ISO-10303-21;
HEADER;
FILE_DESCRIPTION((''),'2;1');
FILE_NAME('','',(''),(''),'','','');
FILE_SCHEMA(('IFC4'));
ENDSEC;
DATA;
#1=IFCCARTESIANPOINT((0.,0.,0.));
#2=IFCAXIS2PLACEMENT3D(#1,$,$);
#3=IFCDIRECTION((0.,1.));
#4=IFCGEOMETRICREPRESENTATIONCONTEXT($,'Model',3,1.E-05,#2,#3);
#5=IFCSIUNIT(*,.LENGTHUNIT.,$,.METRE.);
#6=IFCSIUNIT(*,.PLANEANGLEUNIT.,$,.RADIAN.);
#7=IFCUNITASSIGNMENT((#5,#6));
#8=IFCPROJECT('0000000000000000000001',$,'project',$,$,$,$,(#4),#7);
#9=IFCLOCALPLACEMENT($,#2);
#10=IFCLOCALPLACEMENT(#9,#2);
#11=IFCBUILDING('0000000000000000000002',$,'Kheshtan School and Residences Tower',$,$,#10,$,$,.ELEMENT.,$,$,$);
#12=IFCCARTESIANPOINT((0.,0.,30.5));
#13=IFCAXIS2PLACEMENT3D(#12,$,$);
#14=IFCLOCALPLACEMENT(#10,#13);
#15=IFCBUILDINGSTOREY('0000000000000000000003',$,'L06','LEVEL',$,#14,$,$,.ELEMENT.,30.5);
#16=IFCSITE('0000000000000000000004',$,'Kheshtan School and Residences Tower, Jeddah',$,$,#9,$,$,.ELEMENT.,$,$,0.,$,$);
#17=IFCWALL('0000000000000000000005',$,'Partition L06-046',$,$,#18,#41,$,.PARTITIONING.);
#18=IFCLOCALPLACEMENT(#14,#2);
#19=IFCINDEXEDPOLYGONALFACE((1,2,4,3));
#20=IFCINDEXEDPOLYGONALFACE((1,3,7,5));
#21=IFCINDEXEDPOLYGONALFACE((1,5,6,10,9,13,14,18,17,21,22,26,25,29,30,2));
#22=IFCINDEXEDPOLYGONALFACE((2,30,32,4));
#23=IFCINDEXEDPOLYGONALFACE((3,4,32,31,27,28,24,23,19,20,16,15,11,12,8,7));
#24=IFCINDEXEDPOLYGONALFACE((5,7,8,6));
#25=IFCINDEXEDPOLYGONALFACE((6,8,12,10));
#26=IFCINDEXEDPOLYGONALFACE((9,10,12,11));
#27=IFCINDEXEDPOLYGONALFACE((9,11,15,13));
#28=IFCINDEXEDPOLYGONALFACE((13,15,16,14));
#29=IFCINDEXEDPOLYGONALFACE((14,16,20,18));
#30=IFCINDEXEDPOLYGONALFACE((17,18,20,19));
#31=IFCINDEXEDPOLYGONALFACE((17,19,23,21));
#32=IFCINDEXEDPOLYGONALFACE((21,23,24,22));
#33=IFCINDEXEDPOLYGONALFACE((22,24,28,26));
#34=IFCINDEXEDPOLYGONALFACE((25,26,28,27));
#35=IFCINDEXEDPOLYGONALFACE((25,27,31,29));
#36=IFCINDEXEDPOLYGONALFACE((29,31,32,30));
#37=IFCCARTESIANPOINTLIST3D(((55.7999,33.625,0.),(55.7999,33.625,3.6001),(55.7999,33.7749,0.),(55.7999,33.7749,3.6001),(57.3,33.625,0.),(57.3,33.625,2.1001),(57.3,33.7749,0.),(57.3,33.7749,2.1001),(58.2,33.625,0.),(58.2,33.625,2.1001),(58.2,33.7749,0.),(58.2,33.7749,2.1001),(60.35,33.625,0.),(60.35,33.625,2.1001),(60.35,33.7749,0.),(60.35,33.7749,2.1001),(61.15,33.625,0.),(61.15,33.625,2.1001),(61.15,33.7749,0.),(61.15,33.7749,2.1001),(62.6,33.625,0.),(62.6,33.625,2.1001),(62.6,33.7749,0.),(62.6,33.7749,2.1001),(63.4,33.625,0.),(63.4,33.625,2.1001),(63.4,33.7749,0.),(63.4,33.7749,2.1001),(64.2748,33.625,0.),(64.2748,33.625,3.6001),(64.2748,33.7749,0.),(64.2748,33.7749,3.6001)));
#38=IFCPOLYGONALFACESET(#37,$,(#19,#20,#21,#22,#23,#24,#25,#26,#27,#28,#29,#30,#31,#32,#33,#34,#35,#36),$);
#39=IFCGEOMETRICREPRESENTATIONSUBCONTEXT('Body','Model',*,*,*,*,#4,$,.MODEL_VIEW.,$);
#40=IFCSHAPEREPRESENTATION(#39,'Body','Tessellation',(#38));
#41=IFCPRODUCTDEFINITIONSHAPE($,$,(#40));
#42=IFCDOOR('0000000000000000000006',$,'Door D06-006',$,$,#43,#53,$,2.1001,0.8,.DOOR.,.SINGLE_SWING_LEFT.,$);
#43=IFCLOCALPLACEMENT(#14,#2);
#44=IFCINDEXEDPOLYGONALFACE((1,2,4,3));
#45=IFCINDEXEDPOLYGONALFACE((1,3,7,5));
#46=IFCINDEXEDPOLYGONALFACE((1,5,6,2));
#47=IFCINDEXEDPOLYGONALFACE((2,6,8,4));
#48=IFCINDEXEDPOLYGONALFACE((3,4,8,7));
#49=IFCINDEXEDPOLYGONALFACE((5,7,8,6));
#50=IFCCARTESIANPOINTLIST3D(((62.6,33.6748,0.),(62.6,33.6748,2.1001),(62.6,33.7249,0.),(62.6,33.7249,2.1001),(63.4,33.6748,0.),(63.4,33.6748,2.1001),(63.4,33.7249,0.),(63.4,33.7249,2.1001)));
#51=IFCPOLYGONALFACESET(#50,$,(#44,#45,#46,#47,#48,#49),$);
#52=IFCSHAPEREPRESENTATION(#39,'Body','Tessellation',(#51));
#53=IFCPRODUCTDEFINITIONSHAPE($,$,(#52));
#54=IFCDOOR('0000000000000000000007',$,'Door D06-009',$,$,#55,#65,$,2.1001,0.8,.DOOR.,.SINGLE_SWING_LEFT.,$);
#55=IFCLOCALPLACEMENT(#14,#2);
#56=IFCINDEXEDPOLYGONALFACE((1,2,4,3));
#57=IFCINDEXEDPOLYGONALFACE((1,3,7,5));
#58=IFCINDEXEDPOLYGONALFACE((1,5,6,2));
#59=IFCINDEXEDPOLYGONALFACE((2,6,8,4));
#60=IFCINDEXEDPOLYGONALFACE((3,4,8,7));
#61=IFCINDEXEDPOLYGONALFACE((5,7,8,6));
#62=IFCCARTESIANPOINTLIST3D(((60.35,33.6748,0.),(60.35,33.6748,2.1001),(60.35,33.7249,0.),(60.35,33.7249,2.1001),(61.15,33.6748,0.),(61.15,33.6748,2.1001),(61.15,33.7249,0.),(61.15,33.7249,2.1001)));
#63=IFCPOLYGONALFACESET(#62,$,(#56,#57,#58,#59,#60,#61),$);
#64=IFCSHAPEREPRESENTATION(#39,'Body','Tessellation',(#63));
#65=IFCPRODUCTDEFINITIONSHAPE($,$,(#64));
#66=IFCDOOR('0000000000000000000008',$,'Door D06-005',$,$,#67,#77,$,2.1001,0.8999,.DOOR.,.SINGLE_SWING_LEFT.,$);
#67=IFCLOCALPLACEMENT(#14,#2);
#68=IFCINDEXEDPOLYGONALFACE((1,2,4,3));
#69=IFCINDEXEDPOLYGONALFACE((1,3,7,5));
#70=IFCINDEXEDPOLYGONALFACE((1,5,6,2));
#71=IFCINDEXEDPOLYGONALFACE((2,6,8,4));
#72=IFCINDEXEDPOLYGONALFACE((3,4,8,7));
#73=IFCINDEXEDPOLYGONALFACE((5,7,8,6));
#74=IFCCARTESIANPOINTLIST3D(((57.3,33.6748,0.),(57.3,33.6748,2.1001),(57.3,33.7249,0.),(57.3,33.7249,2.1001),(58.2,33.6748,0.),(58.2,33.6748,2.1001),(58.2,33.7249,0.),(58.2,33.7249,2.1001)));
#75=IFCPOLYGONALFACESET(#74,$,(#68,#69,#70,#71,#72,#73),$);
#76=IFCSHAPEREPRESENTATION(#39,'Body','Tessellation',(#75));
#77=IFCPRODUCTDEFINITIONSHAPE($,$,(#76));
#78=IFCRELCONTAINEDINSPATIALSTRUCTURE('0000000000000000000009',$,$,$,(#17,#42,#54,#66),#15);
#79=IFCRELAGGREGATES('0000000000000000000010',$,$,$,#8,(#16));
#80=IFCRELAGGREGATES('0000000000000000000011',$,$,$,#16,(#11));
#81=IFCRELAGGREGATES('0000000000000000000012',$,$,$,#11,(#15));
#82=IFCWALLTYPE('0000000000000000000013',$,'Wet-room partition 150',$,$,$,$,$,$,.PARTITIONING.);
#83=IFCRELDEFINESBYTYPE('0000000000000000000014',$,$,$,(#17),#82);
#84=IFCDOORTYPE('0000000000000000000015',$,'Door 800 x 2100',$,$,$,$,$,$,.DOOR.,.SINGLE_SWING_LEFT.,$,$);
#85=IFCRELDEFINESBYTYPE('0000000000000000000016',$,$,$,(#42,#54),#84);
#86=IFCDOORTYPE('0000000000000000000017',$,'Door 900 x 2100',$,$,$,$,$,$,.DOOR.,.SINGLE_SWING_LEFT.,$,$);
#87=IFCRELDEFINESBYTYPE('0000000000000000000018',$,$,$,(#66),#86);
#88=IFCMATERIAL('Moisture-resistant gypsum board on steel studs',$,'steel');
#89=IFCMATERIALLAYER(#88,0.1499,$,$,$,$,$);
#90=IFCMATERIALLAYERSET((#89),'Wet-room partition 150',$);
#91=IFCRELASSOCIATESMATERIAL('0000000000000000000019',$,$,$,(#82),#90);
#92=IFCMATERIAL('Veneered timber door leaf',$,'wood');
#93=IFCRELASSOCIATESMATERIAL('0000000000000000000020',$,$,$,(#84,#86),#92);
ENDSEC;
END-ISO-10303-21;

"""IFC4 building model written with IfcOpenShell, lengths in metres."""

from ifc_helpers import new_model, si_unit, direction, frame, frame_2d, origin, place, context, subcontext, project, spatial, rectangle, extrude, source, transform, mapped, material, layer, layer_set, type_object, element, fill, save


model = new_model("IFC4")

# Units and contexts
model_context = context("Model", 3, precision=1e-05, world=origin(), true_north=direction((0.0, 1.0)))
body_context = subcontext(model_context, "Body", "Model", "MODEL_VIEW")
ifc_project = project(units=[si_unit("LENGTHUNIT", "METRE"), si_unit("PLANEANGLEUNIT", "RADIAN")], contexts=[model_context])

# Site, building, storey
site_placement = place(None, origin())
site = spatial("IfcSite", under=ifc_project, at=site_placement, Name="Kheshtan School and Residences Tower, Jeddah", CompositionType="ELEMENT", RefElevation=0.0)
building_placement = place(site_placement, origin())
building = spatial("IfcBuilding", under=site, at=building_placement, Name="Kheshtan School and Residences Tower", CompositionType="ELEMENT")
storey_placement = place(building_placement, frame((0.0, 0.0, 30.5)))
storey = spatial("IfcBuildingStorey", under=building, at=storey_placement, Name="L06", Description="LEVEL", CompositionType="ELEMENT", Elevation=30.5)

# Wall, openings, doors
ifc_material_1 = material(Name="Moisture-resistant gypsum board on steel studs", Category="steel")
ifc_layer_1 = layer(ifc_material_1, 0.1499)
ifc_layer_set_1 = layer_set([ifc_layer_1], Name="Wet-room partition 150")
wall_type_1 = type_object("IfcWallType", Name="Wet-room partition 150", PredefinedType="PARTITIONING", material=ifc_layer_set_1)
wall_1_placement = place(storey_placement, frame((55.8, 33.7, 0.0), z_axis=(0.0, 0.0, 1.0), x_axis=(1.0, 0.0, 0.0)))
wall_1 = element("IfcWall", 1, at=wall_1_placement, inside=storey, type_object=wall_type_1, Name="Partition L06-046", PredefinedType="PARTITIONING", context=body_context, shape_type="SweptSolid", body=[
    extrude(rectangle(XDim=8.4749, YDim=0.1499, at=frame_2d((4.2373, 0.0))), origin(), (0.0, 0.0, 1.0), 3.6001),
])
opening_1_placement = place(wall_1_placement, frame((1.5, 0.0, 0.0)))
opening_1 = element("IfcOpeningElement", 2, at=opening_1_placement, cuts=wall_1, PredefinedType="OPENING", context=body_context, shape_type="SweptSolid", body=[
    extrude(rectangle(XDim=0.8999, YDim=2.1001, at=frame_2d((0.45, 1.05))), frame((0.0, 0.085, 0.0), z_axis=(0.0, -1.0, 0.0), x_axis=(1.0, 0.0, 0.0)), (0.0, 0.0, 1.0), 0.1699),
])
opening_2_placement = place(wall_1_placement, frame((6.8, 0.0, 0.0)))
opening_2 = element("IfcOpeningElement", 3, at=opening_2_placement, cuts=wall_1, PredefinedType="OPENING", context=body_context, shape_type="SweptSolid", body=[
    extrude(rectangle(XDim=0.8, YDim=2.1001, at=frame_2d((0.3999, 1.05))), frame((0.0, 0.085, 0.0), z_axis=(0.0, -1.0, 0.0), x_axis=(1.0, 0.0, 0.0)), (0.0, 0.0, 1.0), 0.1699),
])
opening_3_placement = place(wall_1_placement, frame((4.55, 0.0, 0.0)))
opening_3 = element("IfcOpeningElement", 4, at=opening_3_placement, cuts=wall_1, PredefinedType="OPENING", context=body_context, shape_type="SweptSolid", body=[
    extrude(rectangle(XDim=0.8, YDim=2.1001, at=frame_2d((0.3999, 1.05))), frame((0.0, 0.085, 0.0), z_axis=(0.0, -1.0, 0.0), x_axis=(1.0, 0.0, 0.0)), (0.0, 0.0, 1.0), 0.1699),
])
ifc_material_2 = material(Name="Veneered timber door leaf", Category="wood")
door_type_1 = type_object("IfcDoorType", Name="Door 800 x 2100", OperationType="SINGLE_SWING_LEFT", PredefinedType="DOOR", material=ifc_material_2)
shared_shape_1 = source(origin(), body_context, "Body", "SweptSolid", [
    extrude(rectangle(XDim=0.8, YDim=2.1001, at=frame_2d((0.3999, 1.05))), frame((0.0, 0.0249, 0.0), z_axis=(0.0, -1.0, 0.0), x_axis=(1.0, 0.0, 0.0)), (0.0, 0.0, 1.0), 0.05),
])
door_1_placement = place(opening_2_placement, origin())
door_1 = element("IfcDoor", 5, at=door_1_placement, inside=storey, type_object=door_type_1, Name="Door D06-006", OperationType="SINGLE_SWING_LEFT", OverallHeight=2.1001, OverallWidth=0.8, PredefinedType="DOOR", context=body_context, shape_type="MappedRepresentation", body=[
    mapped(shared_shape_1, transform((0.0, 0.0, 0.0), x_axis=(1.0, 0.0, 0.0), y_axis=(0.0, 1.0, 0.0), z_axis=(0.0, 0.0, 1.0), scale=1.0)),
])
fill(opening_2, door_1)
door_2_placement = place(opening_3_placement, origin())
door_2 = element("IfcDoor", 6, at=door_2_placement, inside=storey, type_object=door_type_1, Name="Door D06-009", OperationType="SINGLE_SWING_LEFT", OverallHeight=2.1001, OverallWidth=0.8, PredefinedType="DOOR", context=body_context, shape_type="MappedRepresentation", body=[
    mapped(shared_shape_1, transform((0.0, 0.0, 0.0), x_axis=(1.0, 0.0, 0.0), y_axis=(0.0, 1.0, 0.0), z_axis=(0.0, 0.0, 1.0), scale=1.0)),
])
fill(opening_3, door_2)
door_type_2 = type_object("IfcDoorType", Name="Door 900 x 2100", OperationType="SINGLE_SWING_LEFT", PredefinedType="DOOR", material=ifc_material_2)
shared_shape_2 = source(origin(), body_context, "Body", "SweptSolid", [
    extrude(rectangle(XDim=0.8999, YDim=2.1001, at=frame_2d((0.45, 1.05))), frame((0.0, 0.0249, 0.0), z_axis=(0.0, -1.0, 0.0), x_axis=(1.0, 0.0, 0.0)), (0.0, 0.0, 1.0), 0.05),
])
door_3_placement = place(opening_1_placement, origin())
door_3 = element("IfcDoor", 7, at=door_3_placement, inside=storey, type_object=door_type_2, Name="Door D06-005", OperationType="SINGLE_SWING_LEFT", OverallHeight=2.1001, OverallWidth=0.8999, PredefinedType="DOOR", context=body_context, shape_type="MappedRepresentation", body=[
    mapped(shared_shape_2, transform((0.0, 0.0, 0.0), x_axis=(1.0, 0.0, 0.0), y_axis=(0.0, 1.0, 0.0), z_axis=(0.0, 0.0, 1.0), scale=1.0)),
])
fill(opening_1, door_3)

save(model, "model.ifc")
